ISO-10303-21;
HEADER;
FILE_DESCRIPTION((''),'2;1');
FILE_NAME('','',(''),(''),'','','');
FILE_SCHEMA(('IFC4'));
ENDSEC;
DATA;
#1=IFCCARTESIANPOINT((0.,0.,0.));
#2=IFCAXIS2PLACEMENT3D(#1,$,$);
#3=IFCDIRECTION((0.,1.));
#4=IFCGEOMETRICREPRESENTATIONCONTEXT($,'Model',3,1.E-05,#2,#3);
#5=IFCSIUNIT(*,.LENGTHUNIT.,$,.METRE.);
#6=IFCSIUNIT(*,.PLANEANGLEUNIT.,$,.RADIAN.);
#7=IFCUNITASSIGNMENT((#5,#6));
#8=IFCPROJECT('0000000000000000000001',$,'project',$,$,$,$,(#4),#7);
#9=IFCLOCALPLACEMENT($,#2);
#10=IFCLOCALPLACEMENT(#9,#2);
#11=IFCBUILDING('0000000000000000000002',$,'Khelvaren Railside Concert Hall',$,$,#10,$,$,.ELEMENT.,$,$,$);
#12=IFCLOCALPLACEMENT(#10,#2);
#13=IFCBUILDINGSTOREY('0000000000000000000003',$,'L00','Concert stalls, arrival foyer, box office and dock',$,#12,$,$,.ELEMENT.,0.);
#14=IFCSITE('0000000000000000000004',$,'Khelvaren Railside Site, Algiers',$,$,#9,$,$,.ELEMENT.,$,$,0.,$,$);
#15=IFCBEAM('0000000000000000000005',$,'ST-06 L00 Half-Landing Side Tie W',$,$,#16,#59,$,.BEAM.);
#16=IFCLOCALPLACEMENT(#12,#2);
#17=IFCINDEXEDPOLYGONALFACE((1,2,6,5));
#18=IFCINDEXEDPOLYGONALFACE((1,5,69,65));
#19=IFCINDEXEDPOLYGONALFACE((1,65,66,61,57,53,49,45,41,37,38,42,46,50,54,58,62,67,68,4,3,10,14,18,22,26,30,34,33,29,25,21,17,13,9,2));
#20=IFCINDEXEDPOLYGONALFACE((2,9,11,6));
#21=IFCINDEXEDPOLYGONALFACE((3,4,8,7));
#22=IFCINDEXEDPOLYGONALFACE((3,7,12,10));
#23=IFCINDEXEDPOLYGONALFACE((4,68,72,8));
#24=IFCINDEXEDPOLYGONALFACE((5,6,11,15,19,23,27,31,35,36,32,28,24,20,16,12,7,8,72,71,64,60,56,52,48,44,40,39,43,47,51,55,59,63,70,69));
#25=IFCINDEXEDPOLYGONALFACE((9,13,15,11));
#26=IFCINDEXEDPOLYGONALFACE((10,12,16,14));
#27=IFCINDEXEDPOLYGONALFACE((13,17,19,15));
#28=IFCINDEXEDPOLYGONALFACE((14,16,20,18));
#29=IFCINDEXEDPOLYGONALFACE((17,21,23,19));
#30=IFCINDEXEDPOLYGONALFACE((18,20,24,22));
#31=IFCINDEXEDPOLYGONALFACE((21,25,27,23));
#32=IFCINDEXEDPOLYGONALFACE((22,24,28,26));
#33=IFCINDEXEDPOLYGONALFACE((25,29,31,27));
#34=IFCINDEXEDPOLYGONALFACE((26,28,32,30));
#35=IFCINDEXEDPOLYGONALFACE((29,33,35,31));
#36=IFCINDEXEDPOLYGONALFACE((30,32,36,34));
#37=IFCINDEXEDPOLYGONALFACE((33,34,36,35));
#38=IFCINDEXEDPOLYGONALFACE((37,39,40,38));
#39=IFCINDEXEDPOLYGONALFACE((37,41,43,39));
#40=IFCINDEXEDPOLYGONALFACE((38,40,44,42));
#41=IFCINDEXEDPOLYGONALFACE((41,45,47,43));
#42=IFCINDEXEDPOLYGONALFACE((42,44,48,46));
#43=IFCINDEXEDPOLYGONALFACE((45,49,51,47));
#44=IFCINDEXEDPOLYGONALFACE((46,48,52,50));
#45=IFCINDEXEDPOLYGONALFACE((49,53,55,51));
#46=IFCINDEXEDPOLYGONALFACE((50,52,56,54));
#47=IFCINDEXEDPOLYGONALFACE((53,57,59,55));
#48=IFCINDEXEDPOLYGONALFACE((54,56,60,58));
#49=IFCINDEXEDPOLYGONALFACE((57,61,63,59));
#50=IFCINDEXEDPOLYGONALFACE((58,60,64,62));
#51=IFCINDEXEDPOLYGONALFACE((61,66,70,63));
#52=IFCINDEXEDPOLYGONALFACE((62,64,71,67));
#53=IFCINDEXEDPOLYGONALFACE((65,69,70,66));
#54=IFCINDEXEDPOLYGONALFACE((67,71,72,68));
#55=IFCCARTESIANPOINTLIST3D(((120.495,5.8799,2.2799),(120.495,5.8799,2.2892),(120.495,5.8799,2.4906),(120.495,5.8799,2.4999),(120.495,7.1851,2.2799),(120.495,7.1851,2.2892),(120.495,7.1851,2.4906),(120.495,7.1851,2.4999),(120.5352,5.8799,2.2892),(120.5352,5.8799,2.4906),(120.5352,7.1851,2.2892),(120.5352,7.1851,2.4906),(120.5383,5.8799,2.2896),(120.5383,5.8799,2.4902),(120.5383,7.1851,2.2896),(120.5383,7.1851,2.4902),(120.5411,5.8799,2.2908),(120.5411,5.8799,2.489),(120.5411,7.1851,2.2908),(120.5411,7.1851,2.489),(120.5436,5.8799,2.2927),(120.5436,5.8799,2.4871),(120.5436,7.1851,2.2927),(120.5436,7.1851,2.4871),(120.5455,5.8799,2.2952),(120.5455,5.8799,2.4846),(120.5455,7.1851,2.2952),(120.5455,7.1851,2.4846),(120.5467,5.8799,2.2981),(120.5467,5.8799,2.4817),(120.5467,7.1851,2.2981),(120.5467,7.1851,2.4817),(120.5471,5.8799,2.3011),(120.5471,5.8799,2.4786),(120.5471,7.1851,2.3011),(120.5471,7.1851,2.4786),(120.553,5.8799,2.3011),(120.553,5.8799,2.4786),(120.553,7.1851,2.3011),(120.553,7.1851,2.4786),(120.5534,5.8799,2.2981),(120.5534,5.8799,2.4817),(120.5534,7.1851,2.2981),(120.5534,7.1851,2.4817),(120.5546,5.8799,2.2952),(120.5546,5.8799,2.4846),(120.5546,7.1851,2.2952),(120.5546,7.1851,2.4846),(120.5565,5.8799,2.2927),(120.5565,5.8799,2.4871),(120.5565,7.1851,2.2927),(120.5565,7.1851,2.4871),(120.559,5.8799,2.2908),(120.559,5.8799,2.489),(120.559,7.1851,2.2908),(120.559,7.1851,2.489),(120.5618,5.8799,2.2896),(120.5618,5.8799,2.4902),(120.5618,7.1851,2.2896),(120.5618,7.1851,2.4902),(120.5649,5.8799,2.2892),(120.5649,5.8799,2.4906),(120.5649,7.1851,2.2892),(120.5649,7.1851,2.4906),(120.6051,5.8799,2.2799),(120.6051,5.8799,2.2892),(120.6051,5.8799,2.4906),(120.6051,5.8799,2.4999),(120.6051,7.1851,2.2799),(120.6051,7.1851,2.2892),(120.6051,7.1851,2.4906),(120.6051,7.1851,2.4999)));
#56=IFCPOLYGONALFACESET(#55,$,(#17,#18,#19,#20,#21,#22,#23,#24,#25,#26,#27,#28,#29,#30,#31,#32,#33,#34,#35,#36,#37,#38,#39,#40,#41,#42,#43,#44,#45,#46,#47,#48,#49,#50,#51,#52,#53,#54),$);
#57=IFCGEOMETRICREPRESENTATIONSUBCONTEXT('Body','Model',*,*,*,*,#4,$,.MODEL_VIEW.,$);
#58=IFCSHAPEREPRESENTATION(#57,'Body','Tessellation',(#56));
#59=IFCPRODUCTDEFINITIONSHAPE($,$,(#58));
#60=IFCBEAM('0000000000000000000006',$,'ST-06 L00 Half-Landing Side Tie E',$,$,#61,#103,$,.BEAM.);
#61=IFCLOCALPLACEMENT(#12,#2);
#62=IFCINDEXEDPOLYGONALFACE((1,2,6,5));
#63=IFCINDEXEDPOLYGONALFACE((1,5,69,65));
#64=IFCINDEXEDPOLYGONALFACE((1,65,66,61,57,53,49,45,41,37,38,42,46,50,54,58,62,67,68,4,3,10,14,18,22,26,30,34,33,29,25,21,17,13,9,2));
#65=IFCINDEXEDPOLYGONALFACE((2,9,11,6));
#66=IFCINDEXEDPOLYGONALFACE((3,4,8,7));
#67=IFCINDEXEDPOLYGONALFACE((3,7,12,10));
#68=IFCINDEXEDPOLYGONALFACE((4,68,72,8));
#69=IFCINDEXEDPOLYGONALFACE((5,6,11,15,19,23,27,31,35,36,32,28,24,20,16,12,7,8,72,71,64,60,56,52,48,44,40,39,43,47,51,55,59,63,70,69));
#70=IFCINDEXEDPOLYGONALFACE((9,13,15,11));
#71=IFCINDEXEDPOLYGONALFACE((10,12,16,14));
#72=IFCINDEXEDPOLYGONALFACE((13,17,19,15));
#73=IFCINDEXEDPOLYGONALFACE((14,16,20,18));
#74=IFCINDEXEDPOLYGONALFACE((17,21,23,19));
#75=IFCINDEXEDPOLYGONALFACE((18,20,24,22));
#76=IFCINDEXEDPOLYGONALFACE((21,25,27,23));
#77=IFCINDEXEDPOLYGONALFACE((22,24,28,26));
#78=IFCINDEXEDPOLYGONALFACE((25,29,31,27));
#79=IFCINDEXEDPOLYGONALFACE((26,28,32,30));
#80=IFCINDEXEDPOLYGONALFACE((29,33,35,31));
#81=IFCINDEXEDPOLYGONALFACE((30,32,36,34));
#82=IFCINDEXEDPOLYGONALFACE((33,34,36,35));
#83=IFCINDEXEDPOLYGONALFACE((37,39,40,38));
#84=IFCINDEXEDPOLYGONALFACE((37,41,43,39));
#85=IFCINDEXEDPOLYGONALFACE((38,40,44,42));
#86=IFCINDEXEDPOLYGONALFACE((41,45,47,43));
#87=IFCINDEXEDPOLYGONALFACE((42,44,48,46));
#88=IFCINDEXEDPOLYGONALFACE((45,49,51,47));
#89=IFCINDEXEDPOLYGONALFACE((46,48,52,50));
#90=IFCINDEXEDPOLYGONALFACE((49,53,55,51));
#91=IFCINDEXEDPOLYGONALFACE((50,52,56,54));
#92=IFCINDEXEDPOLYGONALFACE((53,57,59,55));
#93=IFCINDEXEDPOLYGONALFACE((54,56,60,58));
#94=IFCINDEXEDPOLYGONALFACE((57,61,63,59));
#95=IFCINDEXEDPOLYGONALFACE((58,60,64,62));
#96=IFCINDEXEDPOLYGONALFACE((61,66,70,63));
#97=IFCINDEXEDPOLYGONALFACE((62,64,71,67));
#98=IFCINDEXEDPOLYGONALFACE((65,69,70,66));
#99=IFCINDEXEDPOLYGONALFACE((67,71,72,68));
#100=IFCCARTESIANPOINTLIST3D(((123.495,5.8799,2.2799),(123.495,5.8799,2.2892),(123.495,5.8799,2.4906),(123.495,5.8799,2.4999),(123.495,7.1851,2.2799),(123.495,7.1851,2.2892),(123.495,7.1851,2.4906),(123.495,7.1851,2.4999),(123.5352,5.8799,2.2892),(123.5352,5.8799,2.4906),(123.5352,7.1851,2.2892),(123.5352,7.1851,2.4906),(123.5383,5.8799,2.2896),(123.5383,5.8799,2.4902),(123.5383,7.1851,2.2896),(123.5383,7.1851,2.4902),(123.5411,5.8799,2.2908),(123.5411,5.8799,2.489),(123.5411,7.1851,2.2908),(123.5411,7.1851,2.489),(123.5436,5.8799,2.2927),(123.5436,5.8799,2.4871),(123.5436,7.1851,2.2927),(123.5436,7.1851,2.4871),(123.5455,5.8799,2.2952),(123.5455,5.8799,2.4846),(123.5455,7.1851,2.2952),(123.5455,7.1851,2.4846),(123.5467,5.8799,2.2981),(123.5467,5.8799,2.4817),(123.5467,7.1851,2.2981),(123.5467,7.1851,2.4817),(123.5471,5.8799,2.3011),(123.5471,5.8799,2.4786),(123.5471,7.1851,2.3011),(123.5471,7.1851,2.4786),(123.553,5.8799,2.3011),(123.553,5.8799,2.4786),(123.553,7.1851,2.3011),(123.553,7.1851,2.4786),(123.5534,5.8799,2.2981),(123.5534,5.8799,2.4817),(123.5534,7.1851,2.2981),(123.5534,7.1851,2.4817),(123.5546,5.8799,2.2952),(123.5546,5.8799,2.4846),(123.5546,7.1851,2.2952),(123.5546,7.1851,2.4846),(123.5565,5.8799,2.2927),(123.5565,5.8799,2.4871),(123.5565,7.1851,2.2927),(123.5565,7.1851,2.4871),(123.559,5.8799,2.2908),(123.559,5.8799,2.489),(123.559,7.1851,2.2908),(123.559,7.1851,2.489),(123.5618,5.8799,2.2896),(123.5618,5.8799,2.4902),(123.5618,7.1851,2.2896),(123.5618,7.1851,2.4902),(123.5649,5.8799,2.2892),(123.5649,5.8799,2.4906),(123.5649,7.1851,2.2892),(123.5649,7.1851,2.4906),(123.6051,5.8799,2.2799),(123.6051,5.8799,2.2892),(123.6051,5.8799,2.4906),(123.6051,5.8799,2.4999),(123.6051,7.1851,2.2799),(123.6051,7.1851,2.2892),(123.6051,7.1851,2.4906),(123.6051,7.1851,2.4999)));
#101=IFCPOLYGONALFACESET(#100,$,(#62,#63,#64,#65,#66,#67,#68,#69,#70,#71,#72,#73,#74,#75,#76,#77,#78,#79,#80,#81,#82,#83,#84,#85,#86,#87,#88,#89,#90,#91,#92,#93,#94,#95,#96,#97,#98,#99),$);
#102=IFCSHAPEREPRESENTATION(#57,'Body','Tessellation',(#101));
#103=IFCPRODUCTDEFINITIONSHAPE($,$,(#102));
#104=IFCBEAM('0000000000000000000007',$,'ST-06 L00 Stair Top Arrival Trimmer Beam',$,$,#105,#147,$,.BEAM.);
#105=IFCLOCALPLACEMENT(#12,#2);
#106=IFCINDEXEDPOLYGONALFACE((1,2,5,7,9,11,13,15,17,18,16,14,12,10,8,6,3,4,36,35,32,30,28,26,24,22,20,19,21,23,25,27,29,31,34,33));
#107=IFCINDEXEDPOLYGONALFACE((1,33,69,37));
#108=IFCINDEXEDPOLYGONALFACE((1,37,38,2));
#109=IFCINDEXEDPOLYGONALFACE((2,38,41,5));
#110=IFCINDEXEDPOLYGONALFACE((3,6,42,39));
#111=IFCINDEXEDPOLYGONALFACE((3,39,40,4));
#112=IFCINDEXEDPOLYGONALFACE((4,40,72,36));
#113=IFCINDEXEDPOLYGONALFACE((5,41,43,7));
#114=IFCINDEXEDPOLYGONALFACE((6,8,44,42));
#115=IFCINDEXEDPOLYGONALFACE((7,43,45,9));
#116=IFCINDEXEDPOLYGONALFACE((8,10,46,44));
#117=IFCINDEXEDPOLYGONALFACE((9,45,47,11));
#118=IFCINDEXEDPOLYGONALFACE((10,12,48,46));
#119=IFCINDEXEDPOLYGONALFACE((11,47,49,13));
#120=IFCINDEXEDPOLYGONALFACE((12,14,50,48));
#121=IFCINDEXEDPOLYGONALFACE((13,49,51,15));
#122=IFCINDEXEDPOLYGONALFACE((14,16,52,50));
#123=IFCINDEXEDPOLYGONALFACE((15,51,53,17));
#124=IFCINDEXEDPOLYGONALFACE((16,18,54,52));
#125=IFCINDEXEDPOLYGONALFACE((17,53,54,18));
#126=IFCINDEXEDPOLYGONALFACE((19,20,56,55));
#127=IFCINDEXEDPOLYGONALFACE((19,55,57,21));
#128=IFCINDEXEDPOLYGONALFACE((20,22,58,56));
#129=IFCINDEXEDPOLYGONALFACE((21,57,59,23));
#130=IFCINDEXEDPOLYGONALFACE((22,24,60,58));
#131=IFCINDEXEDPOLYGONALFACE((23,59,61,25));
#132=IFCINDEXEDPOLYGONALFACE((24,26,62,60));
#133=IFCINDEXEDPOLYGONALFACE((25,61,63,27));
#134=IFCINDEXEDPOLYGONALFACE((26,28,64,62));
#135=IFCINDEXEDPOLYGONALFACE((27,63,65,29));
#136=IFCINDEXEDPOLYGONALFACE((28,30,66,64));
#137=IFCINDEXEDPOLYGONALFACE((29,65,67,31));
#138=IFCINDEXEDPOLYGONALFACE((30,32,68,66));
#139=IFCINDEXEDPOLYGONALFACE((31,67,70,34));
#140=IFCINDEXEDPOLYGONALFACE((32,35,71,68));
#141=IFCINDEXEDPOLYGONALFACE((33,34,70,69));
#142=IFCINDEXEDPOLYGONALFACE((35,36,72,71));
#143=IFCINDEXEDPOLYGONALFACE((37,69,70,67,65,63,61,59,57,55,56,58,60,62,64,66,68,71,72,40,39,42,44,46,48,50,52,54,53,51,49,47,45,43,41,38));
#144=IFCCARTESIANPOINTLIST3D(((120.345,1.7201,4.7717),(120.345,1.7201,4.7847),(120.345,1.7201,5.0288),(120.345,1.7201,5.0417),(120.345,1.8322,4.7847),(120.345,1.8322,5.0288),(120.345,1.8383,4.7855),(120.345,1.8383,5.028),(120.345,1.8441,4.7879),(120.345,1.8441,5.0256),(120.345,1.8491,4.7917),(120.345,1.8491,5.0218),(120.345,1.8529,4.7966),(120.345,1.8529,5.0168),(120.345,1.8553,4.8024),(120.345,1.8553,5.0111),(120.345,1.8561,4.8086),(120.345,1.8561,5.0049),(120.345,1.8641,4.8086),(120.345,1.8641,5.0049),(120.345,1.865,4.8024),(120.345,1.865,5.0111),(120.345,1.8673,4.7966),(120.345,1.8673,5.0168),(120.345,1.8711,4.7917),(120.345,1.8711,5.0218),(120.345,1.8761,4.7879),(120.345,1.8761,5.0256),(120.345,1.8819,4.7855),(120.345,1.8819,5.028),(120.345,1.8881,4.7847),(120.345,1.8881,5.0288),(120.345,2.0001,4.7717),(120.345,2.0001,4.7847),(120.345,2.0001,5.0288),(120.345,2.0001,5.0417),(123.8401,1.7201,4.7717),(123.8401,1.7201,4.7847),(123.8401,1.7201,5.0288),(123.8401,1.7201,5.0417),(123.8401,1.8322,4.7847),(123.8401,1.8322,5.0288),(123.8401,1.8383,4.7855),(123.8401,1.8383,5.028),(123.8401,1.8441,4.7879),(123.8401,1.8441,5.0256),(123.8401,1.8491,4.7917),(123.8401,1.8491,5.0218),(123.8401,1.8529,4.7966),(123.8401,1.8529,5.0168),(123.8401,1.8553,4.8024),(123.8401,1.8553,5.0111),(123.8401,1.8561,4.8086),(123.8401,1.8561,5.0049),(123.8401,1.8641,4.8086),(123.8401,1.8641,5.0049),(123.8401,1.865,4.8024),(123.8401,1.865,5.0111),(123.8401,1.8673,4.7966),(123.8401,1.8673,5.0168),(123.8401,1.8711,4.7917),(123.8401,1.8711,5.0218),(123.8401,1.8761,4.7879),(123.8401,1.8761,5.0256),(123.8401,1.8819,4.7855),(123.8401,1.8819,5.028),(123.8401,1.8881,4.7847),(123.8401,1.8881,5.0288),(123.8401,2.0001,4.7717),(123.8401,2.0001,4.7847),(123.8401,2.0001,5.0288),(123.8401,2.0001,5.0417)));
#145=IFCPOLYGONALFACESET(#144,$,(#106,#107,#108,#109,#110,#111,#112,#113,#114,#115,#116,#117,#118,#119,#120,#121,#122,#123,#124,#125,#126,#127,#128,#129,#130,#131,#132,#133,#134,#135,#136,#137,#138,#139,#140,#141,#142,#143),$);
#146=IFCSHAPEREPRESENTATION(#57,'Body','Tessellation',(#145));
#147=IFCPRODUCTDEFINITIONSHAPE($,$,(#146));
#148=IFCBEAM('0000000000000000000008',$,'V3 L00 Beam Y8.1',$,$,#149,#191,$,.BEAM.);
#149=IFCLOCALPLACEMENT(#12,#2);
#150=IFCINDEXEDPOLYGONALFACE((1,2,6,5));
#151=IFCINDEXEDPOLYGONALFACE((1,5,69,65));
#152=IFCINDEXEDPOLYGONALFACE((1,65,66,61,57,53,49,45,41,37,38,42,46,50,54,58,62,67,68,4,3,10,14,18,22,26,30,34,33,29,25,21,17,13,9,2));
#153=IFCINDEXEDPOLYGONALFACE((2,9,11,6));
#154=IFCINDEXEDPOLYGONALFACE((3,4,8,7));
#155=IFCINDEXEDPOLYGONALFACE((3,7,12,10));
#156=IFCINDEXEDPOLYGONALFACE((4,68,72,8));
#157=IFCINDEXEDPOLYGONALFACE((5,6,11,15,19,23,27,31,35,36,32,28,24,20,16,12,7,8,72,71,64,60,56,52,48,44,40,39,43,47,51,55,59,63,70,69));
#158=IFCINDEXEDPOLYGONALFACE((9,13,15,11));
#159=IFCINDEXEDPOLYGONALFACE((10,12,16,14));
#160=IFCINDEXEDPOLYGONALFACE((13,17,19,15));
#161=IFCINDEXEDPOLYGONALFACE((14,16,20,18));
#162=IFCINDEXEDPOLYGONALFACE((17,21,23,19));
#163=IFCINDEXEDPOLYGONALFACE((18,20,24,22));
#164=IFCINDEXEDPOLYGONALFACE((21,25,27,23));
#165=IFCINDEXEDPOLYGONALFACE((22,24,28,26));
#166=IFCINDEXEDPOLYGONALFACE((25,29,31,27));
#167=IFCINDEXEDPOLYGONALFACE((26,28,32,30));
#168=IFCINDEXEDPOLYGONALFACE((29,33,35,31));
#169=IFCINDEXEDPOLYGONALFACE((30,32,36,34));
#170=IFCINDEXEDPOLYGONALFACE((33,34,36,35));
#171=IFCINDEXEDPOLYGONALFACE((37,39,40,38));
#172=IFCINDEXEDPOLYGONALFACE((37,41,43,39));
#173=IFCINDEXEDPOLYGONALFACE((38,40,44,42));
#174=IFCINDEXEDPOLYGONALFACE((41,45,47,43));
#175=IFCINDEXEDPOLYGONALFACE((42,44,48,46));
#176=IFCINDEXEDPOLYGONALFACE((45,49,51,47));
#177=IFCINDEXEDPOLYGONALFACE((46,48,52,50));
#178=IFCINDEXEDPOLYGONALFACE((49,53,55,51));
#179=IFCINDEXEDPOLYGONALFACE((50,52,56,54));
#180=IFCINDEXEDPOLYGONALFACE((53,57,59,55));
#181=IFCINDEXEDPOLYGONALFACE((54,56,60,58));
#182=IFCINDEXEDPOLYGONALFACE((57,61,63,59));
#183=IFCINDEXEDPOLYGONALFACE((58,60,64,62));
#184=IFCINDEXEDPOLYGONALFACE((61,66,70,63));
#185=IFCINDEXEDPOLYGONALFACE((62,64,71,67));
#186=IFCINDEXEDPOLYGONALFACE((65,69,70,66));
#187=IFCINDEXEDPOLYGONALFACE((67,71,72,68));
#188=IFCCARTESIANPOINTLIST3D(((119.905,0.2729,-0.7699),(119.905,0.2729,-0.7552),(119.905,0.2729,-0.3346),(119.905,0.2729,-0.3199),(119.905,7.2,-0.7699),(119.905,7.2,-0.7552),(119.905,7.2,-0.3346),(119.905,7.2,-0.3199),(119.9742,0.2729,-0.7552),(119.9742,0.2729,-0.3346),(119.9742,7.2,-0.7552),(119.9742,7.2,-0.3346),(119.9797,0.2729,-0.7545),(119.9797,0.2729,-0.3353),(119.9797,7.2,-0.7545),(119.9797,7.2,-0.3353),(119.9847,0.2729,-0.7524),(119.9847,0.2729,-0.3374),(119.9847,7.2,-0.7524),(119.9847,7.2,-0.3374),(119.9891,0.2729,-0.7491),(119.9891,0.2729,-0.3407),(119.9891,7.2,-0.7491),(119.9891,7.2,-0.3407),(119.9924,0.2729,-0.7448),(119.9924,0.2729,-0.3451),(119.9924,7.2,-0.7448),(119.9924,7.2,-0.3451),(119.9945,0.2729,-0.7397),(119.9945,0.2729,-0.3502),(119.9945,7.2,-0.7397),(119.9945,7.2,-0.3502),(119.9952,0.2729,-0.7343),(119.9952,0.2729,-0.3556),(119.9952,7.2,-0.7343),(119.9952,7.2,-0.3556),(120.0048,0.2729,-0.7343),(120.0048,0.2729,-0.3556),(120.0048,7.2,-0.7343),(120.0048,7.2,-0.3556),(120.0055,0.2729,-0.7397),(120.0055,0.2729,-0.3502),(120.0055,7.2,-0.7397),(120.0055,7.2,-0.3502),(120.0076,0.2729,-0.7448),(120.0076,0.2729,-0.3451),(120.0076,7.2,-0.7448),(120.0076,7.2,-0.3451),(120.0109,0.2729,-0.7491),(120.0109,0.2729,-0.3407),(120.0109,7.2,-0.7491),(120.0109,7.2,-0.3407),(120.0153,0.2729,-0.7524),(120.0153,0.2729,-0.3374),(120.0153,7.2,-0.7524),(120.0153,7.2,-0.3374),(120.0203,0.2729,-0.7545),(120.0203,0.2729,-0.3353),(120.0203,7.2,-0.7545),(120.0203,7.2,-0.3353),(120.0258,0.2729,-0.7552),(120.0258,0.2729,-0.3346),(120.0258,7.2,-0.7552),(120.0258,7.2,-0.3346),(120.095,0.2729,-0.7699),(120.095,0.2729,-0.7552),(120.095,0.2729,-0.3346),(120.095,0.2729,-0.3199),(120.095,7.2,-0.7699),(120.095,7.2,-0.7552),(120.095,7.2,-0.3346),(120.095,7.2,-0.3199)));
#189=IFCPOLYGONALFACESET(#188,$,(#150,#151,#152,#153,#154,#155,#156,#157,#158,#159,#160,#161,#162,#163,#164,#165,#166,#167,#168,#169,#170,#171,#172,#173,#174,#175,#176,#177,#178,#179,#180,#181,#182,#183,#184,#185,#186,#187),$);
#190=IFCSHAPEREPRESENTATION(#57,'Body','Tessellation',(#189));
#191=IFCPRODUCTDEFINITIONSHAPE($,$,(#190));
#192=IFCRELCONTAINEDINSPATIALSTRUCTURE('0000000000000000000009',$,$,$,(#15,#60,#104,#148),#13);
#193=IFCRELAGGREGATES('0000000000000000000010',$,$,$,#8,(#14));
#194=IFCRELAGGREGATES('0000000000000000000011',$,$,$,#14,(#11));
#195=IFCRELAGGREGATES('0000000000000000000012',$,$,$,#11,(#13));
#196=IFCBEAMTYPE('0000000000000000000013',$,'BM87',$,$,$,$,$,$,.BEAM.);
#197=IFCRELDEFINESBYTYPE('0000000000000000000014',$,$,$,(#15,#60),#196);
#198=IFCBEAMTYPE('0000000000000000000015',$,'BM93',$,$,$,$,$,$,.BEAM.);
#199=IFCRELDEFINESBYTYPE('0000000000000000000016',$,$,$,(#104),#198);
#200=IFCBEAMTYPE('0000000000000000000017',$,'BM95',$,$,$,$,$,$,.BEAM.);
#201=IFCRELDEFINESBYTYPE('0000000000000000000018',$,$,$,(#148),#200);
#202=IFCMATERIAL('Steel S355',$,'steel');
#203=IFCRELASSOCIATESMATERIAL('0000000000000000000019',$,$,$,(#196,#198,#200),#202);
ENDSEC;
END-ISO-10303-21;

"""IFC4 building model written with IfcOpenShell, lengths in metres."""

from ifc_helpers import new_model, si_unit, direction, frame, origin, origin_2d, place, context, subcontext, project, spatial, i_section, extrude, material, material_profile, profile_set, type_object, element, save


model = new_model("IFC4")

# Units and contexts
model_context = context("Model", 3, precision=1e-05, world=origin(), true_north=direction((0.0, 1.0)))
body_context = subcontext(model_context, "Body", "Model", "MODEL_VIEW")
ifc_project = project(units=[si_unit("LENGTHUNIT", "METRE"), si_unit("PLANEANGLEUNIT", "RADIAN")], contexts=[model_context])

# Site, building, storey
site_placement = place(None, origin())
site = spatial("IfcSite", under=ifc_project, at=site_placement, Name="Khelvaren Railside Site, Algiers", CompositionType="ELEMENT", RefElevation=0.0)
building_placement = place(site_placement, origin())
building = spatial("IfcBuilding", under=site, at=building_placement, Name="Khelvaren Railside Concert Hall", CompositionType="ELEMENT")
storey_placement = place(building_placement, origin())
storey = spatial("IfcBuildingStorey", under=building, at=storey_placement, Name="L00", Description="Concert stalls, arrival foyer, box office and dock", CompositionType="ELEMENT", Elevation=0.0)

# Beams
ifc_material_1 = material(Name="Steel S355", Category="steel")
ifc_material_profile_1 = material_profile(ifc_material_1, i_section(OverallWidth=0.1101, OverallDepth=0.22, WebThickness=0.0059, FlangeThickness=0.0093, FilletRadius=0.012, at=origin_2d()), Name="IPE 220")
ifc_profile_set_1 = profile_set([ifc_material_profile_1], Name="Steel S355")
beam_type_1 = type_object("IfcBeamType", Name="BM87", PredefinedType="BEAM", material=ifc_profile_set_1)
for number, where, z_axis, x_axis, name in (
    (1, (120.55, 5.8799, 2.3899), (0.0, 1.0, 0.0), (-1.0, 0.0, 0.0), "ST-06 L00 Half-Landing Side Tie W"),
    (2, (123.55, 5.8799, 2.3899), (0.0, 1.0, 0.0), (-1.0, 0.0, 0.0), "ST-06 L00 Half-Landing Side Tie E"),
):
    element("IfcBeam", number, at=place(storey_placement, frame(where, z_axis=z_axis, x_axis=x_axis)), inside=storey, type_object=beam_type_1, Name=name, PredefinedType="BEAM", context=body_context, shape_type="SweptSolid", body=[
        extrude(i_section(OverallWidth=0.1101, OverallDepth=0.22, WebThickness=0.0059, FlangeThickness=0.0093, FilletRadius=0.012, at=origin_2d()), origin(), (0.0, 0.0, 1.0), 1.3052),
    ])
ifc_material_profile_2 = material_profile(ifc_material_1, i_section(OverallWidth=0.28, OverallDepth=0.27, WebThickness=0.0081, FlangeThickness=0.0129, FilletRadius=0.0239, at=origin_2d()), Name="HEA 280")
ifc_profile_set_2 = profile_set([ifc_material_profile_2], Name="Steel S355")
beam_type_2 = type_object("IfcBeamType", Name="BM93", PredefinedType="BEAM", material=ifc_profile_set_2)
beam_1_placement = place(storey_placement, frame((120.345, 1.8601, 4.9067), z_axis=(1.0, 0.0, 0.0), x_axis=(0.0, 1.0, 0.0)))
element("IfcBeam", 3, at=beam_1_placement, inside=storey, type_object=beam_type_2, Name="ST-06 L00 Stair Top Arrival Trimmer Beam", PredefinedType="BEAM", context=body_context, shape_type="SweptSolid", body=[
    extrude(i_section(OverallWidth=0.28, OverallDepth=0.27, WebThickness=0.0081, FlangeThickness=0.0129, FilletRadius=0.0239, at=origin_2d()), origin(), (0.0, 0.0, 1.0), 3.4951),
])
ifc_material_profile_3 = material_profile(ifc_material_1, i_section(OverallWidth=0.1899, OverallDepth=0.45, WebThickness=0.0095, FlangeThickness=0.0146, FilletRadius=0.021, at=origin_2d()), Name="IPE 450")
ifc_profile_set_3 = profile_set([ifc_material_profile_3], Name="Steel S355")
beam_type_3 = type_object("IfcBeamType", Name="BM95", PredefinedType="BEAM", material=ifc_profile_set_3)
beam_2_placement = place(storey_placement, frame((120.0, 0.2729, -0.5449), z_axis=(0.0, 1.0, 0.0), x_axis=(-1.0, 0.0, 0.0)))
element("IfcBeam", 4, at=beam_2_placement, inside=storey, type_object=beam_type_3, Name="V3 L00 Beam Y8.1", PredefinedType="BEAM", context=body_context, shape_type="SweptSolid", body=[
    extrude(i_section(OverallWidth=0.1899, OverallDepth=0.45, WebThickness=0.0095, FlangeThickness=0.0146, FilletRadius=0.021, at=origin_2d()), origin(), (0.0, 0.0, 1.0), 6.927),
])

save(model, "model.ifc")
